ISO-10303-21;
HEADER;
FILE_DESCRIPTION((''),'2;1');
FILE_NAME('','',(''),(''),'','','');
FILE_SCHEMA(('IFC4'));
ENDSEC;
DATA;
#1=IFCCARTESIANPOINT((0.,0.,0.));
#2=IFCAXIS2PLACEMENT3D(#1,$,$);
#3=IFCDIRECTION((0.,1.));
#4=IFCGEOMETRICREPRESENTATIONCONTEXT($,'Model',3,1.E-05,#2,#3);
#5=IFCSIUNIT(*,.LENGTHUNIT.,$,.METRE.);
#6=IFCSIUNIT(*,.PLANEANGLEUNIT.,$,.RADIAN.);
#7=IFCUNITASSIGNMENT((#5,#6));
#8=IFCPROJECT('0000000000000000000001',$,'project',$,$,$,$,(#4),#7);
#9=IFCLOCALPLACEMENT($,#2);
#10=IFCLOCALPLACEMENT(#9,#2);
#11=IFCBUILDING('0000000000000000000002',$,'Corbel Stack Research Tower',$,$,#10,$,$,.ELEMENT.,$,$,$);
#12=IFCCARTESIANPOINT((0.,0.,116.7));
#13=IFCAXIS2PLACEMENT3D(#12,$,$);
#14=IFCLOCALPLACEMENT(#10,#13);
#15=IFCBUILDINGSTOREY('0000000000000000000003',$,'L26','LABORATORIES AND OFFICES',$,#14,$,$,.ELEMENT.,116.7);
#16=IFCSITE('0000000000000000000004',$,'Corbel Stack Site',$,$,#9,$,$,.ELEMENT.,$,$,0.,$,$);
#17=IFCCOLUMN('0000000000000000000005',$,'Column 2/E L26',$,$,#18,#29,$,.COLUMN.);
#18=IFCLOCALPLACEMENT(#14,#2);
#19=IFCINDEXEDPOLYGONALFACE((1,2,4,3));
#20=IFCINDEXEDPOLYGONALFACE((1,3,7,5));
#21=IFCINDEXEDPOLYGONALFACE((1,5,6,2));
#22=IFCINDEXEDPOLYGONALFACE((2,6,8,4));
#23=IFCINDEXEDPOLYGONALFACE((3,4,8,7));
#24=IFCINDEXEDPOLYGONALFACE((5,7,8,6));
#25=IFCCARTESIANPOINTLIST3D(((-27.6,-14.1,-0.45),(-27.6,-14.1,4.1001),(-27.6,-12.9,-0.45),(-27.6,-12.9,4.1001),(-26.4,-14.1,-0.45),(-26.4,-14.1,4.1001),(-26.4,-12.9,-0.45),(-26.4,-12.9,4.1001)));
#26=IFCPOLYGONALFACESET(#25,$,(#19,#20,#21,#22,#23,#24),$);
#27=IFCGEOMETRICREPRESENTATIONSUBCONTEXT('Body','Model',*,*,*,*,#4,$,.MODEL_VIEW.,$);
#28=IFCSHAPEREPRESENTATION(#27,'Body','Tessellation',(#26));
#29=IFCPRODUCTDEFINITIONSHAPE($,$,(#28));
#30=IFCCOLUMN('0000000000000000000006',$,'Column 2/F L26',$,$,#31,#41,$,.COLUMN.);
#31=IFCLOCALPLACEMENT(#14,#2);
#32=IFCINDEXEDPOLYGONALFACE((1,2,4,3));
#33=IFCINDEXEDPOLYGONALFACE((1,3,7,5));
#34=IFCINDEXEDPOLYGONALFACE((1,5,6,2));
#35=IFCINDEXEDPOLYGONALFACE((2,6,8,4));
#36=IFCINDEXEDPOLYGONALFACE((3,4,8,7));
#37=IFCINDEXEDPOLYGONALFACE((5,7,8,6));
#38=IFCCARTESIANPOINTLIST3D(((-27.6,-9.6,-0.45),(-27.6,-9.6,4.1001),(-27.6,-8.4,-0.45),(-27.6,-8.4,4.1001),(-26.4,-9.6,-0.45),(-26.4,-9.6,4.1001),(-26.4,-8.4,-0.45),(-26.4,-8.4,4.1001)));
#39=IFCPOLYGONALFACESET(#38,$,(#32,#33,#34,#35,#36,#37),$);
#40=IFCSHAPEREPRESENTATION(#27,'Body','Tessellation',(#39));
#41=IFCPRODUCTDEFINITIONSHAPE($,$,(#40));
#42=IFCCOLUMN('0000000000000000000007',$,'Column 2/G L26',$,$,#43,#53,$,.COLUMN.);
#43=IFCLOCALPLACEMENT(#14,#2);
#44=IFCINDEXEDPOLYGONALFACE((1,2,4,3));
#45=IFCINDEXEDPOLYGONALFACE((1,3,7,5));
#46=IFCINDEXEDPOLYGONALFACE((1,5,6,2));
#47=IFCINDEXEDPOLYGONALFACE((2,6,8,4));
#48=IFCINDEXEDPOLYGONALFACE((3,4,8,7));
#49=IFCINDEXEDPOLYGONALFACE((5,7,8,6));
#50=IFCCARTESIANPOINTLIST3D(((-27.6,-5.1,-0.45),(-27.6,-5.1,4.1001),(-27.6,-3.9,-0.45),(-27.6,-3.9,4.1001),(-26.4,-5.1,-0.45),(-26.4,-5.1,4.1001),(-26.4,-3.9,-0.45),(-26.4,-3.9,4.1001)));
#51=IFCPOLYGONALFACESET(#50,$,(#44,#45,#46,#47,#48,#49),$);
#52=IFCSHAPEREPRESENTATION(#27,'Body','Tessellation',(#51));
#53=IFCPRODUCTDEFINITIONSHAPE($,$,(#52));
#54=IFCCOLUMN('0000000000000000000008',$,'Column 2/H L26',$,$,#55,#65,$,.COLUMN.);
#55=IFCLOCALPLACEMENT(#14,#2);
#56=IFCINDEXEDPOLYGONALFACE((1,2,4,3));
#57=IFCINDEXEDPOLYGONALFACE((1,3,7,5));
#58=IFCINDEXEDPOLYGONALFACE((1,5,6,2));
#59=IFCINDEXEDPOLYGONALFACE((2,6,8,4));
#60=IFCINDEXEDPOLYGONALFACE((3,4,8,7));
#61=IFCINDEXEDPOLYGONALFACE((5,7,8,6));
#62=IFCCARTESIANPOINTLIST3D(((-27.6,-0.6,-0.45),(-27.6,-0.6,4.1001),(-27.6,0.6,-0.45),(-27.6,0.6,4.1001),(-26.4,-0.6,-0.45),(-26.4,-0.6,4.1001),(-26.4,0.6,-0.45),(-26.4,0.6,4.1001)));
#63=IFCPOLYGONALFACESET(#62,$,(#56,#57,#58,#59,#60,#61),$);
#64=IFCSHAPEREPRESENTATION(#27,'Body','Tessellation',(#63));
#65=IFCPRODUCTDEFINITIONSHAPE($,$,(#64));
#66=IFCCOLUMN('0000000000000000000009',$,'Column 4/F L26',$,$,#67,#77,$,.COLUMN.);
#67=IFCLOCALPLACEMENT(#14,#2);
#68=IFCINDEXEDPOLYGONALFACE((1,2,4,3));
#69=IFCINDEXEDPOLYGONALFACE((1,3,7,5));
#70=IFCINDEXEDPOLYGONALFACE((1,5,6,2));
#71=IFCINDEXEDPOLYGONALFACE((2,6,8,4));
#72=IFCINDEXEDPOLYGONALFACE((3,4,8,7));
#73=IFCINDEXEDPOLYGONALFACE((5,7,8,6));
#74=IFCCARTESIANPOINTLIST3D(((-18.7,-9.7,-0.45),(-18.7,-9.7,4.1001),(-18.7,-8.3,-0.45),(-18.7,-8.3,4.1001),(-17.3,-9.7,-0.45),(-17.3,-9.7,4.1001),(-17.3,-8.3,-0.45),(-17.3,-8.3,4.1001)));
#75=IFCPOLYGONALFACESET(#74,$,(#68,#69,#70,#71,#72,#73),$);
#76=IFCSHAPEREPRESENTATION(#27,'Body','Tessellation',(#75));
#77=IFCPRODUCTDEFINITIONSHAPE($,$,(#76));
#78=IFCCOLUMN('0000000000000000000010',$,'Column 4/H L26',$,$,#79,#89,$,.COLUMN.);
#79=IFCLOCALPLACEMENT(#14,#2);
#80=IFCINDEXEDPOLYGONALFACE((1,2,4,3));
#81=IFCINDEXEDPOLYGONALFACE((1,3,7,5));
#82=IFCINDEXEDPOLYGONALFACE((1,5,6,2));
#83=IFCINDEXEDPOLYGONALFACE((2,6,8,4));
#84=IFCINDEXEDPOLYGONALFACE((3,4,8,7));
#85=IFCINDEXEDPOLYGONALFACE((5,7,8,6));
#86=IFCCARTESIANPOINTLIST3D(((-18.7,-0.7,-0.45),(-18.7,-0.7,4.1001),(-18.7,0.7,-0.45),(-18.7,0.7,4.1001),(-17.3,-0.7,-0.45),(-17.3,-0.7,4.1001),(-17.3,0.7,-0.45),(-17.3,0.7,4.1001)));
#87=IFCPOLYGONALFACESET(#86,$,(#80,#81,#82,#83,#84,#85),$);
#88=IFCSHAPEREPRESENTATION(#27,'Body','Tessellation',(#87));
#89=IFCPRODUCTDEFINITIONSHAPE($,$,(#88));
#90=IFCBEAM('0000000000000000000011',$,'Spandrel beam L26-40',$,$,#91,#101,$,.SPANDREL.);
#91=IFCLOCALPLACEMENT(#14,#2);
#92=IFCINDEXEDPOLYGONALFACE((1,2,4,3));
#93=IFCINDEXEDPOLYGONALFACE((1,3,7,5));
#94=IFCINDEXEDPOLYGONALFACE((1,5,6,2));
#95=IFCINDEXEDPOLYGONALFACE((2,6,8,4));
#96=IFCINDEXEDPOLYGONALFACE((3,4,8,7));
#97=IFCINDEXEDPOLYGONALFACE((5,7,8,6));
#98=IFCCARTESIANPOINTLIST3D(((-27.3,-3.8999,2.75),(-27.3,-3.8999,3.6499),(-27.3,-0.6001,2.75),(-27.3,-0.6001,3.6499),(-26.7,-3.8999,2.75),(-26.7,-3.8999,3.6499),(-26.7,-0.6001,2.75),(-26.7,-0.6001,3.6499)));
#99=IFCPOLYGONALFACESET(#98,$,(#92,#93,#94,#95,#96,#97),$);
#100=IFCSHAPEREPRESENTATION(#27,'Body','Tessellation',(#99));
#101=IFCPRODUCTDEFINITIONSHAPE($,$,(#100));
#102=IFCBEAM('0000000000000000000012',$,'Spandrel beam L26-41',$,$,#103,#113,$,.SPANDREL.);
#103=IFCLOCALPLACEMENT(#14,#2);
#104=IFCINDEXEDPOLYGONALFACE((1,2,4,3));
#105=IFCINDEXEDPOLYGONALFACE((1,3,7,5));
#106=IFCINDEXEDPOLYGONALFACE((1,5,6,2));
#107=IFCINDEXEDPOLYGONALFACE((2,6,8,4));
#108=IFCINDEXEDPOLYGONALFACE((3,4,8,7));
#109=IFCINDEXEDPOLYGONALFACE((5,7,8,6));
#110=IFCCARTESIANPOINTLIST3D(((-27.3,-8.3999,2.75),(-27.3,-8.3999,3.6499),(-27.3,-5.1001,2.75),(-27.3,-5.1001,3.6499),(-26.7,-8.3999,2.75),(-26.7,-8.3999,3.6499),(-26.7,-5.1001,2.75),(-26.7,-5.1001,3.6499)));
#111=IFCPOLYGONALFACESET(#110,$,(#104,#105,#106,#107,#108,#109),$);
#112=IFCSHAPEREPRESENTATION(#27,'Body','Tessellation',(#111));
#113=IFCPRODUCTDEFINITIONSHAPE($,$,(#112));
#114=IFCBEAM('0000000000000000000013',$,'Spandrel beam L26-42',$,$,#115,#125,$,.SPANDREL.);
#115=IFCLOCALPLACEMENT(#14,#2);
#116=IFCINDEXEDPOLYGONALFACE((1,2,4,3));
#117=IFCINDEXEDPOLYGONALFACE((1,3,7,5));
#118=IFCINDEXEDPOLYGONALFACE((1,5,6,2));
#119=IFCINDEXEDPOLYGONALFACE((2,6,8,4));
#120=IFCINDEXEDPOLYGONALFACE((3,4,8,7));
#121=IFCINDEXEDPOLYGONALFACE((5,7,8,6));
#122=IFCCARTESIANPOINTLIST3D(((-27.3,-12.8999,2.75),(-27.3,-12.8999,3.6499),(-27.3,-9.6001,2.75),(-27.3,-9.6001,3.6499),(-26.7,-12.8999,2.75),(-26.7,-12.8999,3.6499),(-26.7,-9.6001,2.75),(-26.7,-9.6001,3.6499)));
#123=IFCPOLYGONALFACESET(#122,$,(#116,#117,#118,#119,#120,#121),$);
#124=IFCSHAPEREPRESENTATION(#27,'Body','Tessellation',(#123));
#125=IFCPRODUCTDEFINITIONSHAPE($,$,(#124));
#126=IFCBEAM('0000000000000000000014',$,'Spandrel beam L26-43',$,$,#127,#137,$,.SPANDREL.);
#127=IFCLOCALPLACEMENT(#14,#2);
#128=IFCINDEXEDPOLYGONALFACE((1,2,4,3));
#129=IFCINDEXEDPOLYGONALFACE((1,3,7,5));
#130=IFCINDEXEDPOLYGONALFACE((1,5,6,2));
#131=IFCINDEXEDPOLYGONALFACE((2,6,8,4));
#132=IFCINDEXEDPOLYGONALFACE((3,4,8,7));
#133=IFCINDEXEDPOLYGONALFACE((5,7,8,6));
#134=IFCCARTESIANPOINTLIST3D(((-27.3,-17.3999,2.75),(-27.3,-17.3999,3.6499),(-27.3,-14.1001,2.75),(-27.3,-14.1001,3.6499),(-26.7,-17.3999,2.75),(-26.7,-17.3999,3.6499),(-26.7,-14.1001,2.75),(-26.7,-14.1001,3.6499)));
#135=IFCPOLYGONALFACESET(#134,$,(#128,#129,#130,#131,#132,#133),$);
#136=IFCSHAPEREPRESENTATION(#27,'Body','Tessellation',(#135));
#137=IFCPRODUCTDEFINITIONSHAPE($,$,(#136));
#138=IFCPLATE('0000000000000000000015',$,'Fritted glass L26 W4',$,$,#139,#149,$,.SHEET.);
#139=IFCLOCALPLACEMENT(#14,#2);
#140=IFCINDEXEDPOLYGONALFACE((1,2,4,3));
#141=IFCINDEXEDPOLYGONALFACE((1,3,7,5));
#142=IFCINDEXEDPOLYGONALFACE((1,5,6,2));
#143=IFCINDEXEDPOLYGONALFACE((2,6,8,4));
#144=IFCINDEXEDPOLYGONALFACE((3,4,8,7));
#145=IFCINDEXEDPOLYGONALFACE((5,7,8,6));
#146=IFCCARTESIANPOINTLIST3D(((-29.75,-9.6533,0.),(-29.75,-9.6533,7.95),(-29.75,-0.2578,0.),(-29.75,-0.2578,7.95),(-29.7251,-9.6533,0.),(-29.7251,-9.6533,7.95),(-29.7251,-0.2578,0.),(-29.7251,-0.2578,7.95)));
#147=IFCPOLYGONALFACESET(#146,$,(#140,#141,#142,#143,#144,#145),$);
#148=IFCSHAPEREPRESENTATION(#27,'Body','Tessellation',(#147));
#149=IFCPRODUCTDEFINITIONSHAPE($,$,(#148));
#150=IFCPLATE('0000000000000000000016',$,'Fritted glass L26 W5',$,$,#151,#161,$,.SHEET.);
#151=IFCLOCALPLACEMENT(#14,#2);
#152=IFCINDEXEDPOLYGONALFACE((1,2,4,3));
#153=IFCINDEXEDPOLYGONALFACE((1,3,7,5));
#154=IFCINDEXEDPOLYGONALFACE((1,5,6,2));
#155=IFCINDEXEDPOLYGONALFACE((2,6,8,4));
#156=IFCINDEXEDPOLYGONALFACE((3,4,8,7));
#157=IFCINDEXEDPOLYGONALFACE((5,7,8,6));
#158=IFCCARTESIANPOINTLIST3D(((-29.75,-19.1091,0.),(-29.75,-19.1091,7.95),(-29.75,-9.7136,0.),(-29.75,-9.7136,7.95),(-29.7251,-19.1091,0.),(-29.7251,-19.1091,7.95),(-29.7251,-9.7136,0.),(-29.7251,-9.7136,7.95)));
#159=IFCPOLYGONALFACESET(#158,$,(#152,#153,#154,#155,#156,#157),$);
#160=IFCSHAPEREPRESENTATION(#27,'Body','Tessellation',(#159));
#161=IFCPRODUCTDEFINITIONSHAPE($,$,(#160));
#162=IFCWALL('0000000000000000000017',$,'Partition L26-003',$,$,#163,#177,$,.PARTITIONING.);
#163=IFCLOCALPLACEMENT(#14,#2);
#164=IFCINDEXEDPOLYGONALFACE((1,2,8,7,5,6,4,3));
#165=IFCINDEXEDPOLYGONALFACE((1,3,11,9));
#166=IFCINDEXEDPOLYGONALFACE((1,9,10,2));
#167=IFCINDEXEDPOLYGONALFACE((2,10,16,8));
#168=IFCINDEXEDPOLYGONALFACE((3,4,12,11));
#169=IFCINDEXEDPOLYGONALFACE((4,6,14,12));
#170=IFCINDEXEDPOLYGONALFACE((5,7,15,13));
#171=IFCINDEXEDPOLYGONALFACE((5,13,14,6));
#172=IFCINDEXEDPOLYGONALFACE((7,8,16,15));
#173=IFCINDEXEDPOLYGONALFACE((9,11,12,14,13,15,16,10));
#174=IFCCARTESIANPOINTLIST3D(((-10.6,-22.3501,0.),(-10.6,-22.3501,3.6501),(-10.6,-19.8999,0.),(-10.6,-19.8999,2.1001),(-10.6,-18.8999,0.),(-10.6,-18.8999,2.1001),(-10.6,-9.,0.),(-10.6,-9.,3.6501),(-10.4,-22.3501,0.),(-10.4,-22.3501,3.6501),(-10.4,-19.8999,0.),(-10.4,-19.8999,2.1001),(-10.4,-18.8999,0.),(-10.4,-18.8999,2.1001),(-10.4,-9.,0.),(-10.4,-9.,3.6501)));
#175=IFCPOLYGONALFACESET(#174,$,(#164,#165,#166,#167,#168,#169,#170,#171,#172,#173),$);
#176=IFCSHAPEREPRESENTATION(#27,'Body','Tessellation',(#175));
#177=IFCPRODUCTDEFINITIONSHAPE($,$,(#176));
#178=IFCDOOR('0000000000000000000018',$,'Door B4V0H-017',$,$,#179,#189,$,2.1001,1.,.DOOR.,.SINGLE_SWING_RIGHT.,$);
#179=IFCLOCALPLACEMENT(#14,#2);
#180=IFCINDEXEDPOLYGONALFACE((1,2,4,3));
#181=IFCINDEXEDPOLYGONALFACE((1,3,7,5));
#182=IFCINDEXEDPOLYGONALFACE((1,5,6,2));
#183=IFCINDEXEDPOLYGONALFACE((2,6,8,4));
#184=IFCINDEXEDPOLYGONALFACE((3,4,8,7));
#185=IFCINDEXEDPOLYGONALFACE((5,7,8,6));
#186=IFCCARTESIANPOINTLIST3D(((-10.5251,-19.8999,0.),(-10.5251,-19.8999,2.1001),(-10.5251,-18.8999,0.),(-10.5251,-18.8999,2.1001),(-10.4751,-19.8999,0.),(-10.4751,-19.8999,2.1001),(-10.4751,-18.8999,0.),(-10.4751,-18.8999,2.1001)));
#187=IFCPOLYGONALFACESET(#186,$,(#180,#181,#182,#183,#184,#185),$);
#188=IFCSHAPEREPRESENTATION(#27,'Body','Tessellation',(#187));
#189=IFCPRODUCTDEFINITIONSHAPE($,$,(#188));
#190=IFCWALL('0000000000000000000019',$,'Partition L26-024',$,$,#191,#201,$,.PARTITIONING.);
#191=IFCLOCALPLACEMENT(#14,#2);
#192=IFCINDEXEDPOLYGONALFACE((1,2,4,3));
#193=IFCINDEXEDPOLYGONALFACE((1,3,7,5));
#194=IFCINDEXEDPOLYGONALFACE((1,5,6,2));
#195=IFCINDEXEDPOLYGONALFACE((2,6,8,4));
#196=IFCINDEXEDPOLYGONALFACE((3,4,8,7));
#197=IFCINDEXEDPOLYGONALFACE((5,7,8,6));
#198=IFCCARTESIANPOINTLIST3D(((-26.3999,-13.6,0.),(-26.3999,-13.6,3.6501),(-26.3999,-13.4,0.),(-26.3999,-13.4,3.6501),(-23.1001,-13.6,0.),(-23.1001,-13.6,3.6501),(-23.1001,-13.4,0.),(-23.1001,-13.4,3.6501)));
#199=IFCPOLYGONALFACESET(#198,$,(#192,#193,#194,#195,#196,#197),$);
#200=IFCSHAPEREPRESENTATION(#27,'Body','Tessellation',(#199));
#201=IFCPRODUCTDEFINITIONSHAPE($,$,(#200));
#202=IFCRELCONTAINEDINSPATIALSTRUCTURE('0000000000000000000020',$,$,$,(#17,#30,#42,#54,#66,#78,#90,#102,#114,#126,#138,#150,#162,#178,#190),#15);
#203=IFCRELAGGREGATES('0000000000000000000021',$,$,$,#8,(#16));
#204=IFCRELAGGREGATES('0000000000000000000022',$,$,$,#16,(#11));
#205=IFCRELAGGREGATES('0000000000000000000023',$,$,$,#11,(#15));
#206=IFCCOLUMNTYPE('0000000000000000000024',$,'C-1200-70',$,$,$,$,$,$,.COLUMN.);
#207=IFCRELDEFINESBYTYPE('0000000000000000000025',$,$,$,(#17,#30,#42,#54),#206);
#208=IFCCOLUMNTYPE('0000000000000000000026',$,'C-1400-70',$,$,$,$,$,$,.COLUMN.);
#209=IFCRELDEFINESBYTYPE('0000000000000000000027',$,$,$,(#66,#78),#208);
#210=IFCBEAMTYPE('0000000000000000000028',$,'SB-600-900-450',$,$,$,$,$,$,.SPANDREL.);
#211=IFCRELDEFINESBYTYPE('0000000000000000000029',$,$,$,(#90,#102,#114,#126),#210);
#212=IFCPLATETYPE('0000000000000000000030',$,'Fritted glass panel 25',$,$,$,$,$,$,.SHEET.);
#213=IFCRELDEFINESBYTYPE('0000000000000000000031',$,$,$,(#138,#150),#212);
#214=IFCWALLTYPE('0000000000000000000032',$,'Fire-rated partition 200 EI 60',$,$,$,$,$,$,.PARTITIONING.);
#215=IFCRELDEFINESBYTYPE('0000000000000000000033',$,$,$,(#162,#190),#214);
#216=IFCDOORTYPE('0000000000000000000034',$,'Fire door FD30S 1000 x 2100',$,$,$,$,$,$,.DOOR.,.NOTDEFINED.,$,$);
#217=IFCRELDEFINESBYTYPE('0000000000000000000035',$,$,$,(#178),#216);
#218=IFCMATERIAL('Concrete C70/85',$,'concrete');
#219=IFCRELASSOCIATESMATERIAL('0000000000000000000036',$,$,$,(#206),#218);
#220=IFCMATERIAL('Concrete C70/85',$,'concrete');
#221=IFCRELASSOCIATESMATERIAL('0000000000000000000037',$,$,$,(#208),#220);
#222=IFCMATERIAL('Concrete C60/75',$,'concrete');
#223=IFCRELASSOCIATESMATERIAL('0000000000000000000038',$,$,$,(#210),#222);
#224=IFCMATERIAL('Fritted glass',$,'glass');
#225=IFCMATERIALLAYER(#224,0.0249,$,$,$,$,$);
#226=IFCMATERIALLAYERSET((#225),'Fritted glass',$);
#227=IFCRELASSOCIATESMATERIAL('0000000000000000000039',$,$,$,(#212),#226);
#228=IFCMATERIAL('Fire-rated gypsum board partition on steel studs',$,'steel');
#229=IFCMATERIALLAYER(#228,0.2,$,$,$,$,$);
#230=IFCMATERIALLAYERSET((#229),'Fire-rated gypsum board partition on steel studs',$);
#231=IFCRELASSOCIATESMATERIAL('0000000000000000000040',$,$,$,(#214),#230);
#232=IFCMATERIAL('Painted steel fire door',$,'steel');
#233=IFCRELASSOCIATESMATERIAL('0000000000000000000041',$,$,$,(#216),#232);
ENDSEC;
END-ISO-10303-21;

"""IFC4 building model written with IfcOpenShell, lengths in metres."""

from ifc_helpers import new_model, si_unit, direction, frame, frame_2d, origin, origin_2d, place, context, subcontext, project, spatial, rectangle, extrude, material, layer, layer_set, material_profile, profile_set, type_object, element, fill, save


model = new_model("IFC4")

# Units and contexts
model_context = context("Model", 3, precision=1e-05, world=origin(), true_north=direction((0.0, 1.0)))
body_context = subcontext(model_context, "Body", "Model", "MODEL_VIEW")
ifc_project = project(units=[si_unit("LENGTHUNIT", "METRE"), si_unit("PLANEANGLEUNIT", "RADIAN")], contexts=[model_context])

# Site, building, storey
site_placement = place(None, origin())
site = spatial("IfcSite", under=ifc_project, at=site_placement, Name="Corbel Stack Site", CompositionType="ELEMENT", RefElevation=0.0)
building_placement = place(site_placement, origin())
building = spatial("IfcBuilding", under=site, at=building_placement, Name="Corbel Stack Research Tower", CompositionType="ELEMENT")
storey_placement = place(building_placement, frame((0.0, 0.0, 116.7)))
storey = spatial("IfcBuildingStorey", under=building, at=storey_placement, Name="L26", Description="LABORATORIES AND OFFICES", CompositionType="ELEMENT", Elevation=116.7)

# Columns
ifc_material_1 = material(Name="Concrete C70/85", Category="concrete")
ifc_material_profile_1 = material_profile(ifc_material_1, rectangle(XDim=1.2, YDim=1.2, at=origin_2d()), Name="RC 1200 x 1200")
ifc_profile_set_1 = profile_set([ifc_material_profile_1], Name="Concrete C70/85")
column_type_1 = type_object("IfcColumnType", Name="C-1200-70", PredefinedType="COLUMN", material=ifc_profile_set_1)
for number, where, z_axis, x_axis, name in (
    (1, (-27.0, -13.5, -0.45), (0.0, 0.0, 1.0), (1.0, 0.0, 0.0), "Column 2/E L26"),
    (2, (-27.0, -9.0, -0.45), (0.0, 0.0, 1.0), (1.0, 0.0, 0.0), "Column 2/F L26"),
    (3, (-27.0, -4.5, -0.45), (0.0, 0.0, 1.0), (1.0, 0.0, 0.0), "Column 2/G L26"),
    (4, (-27.0, 0.0, -0.45), (0.0, 0.0, 1.0), (1.0, 0.0, 0.0), "Column 2/H L26"),
):
    element("IfcColumn", number, at=place(storey_placement, frame(where, z_axis=z_axis, x_axis=x_axis)), inside=storey, type_object=column_type_1, Name=name, PredefinedType="COLUMN", context=body_context, shape_type="SweptSolid", body=[
        extrude(rectangle(XDim=1.2, YDim=1.2, at=origin_2d()), origin(), (0.0, 0.0, 1.0), 4.55),
    ])
ifc_material_2 = material(Name="Concrete C70/85", Category="concrete")
ifc_material_profile_2 = material_profile(ifc_material_2, rectangle(XDim=1.3999, YDim=1.3999, at=origin_2d()), Name="RC 1400 x 1400")
ifc_profile_set_2 = profile_set([ifc_material_profile_2], Name="Concrete C70/85")
column_type_2 = type_object("IfcColumnType", Name="C-1400-70", PredefinedType="COLUMN", material=ifc_profile_set_2)
for number, where, z_axis, x_axis, name in (
    (5, (-18.0, -9.0, -0.45), (0.0, 0.0, 1.0), (1.0, 0.0, 0.0), "Column 4/F L26"),
    (6, (-18.0, 0.0, -0.45), (0.0, 0.0, 1.0), (1.0, 0.0, 0.0), "Column 4/H L26"),
):
    element("IfcColumn", number, at=place(storey_placement, frame(where, z_axis=z_axis, x_axis=x_axis)), inside=storey, type_object=column_type_2, Name=name, PredefinedType="COLUMN", context=body_context, shape_type="SweptSolid", body=[
        extrude(rectangle(XDim=1.3999, YDim=1.3999, at=origin_2d()), origin(), (0.0, 0.0, 1.0), 4.55),
    ])

# Beams
ifc_material_3 = material(Name="Concrete C60/75", Category="concrete")
ifc_material_profile_3 = material_profile(ifc_material_3, rectangle(XDim=0.6001, YDim=0.8999, at=origin_2d()), Name="RC 600 x 900")
ifc_profile_set_3 = profile_set([ifc_material_profile_3], Name="Concrete C60/75")
beam_type = type_object("IfcBeamType", Name="SB-600-900-450", PredefinedType="SPANDREL", material=ifc_profile_set_3)
for number, where, z_axis, x_axis, name in (
    (7, (-27.0, -0.6001, 3.2), (0.0, -1.0, 0.0), (1.0, 0.0, 0.0), "Spandrel beam L26-40"),
    (8, (-27.0, -5.1001, 3.2), (0.0, -1.0, 0.0), (1.0, 0.0, 0.0), "Spandrel beam L26-41"),
    (9, (-27.0, -9.6001, 3.2), (0.0, -1.0, 0.0), (1.0, 0.0, 0.0), "Spandrel beam L26-42"),
    (10, (-27.0, -14.1001, 3.2), (0.0, -1.0, 0.0), (1.0, 0.0, 0.0), "Spandrel beam L26-43"),
):
    element("IfcBeam", number, at=place(storey_placement, frame(where, z_axis=z_axis, x_axis=x_axis)), inside=storey, type_object=beam_type, Name=name, PredefinedType="SPANDREL", context=body_context, shape_type="SweptSolid", body=[
        extrude(rectangle(XDim=0.6001, YDim=0.8999, at=origin_2d()), origin(), (0.0, 0.0, 1.0), 3.2998),
    ])

# Plates
ifc_material_4 = material(Name="Fritted glass", Category="glass")
ifc_layer_1 = layer(ifc_material_4, 0.0249)
ifc_layer_set_1 = layer_set([ifc_layer_1], Name="Fritted glass")
plate_type = type_object("IfcPlateType", Name="Fritted glass panel 25", PredefinedType="SHEET", material=ifc_layer_set_1)
for number, where, z_axis, x_axis, name in (
    (11, (-29.7375, -4.9556, 0.0), (0.0, 0.0, 1.0), (0.0, -1.0, 0.0), "Fritted glass L26 W4"),
    (12, (-29.7375, -14.4114, 0.0), (0.0, 0.0, 1.0), (0.0, -1.0, 0.0), "Fritted glass L26 W5"),
):
    element("IfcPlate", number, at=place(storey_placement, frame(where, z_axis=z_axis, x_axis=x_axis)), inside=storey, type_object=plate_type, Name=name, PredefinedType="SHEET", context=body_context, shape_type="SweptSolid", body=[
        extrude(rectangle(XDim=9.3955, YDim=0.0249, at=origin_2d()), origin(), (0.0, 0.0, 1.0), 7.95),
    ])

# Wall, opening, door
ifc_material_5 = material(Name="Fire-rated gypsum board partition on steel studs", Category="steel")
ifc_layer_2 = layer(ifc_material_5, 0.2)
ifc_layer_set_2 = layer_set([ifc_layer_2], Name="Fire-rated gypsum board partition on steel studs")
wall_type_1 = type_object("IfcWallType", Name="Fire-rated partition 200 EI 60", PredefinedType="PARTITIONING", material=ifc_layer_set_2)
wall_1_placement = place(storey_placement, frame((-10.5, -9.0, 0.0), z_axis=(0.0, 0.0, 1.0), x_axis=(0.0, -1.0, 0.0)))
wall_1 = element("IfcWall", 13, at=wall_1_placement, inside=storey, type_object=wall_type_1, Name="Partition L26-003", PredefinedType="PARTITIONING", context=body_context, shape_type="SweptSolid", body=[
    extrude(rectangle(XDim=13.3501, YDim=0.2, at=frame_2d((6.675, 0.0))), origin(), (0.0, 0.0, 1.0), 3.6501),
])
opening_1_placement = place(wall_1_placement, frame((9.8999, 0.0, 0.0)))
opening_1 = element("IfcOpeningElement", 14, at=opening_1_placement, cuts=wall_1, PredefinedType="OPENING", context=body_context, shape_type="SweptSolid", body=[
    extrude(rectangle(XDim=1.0, YDim=2.1001, at=frame_2d((0.5, 1.05))), frame((0.0, 0.1099, 0.0), z_axis=(0.0, -1.0, 0.0), x_axis=(1.0, 0.0, 0.0)), (0.0, 0.0, 1.0), 0.22),
])
ifc_material_6 = material(Name="Painted steel fire door", Category="steel")
door_type_1 = type_object("IfcDoorType", Name="Fire door FD30S 1000 x 2100", OperationType="NOTDEFINED", PredefinedType="DOOR", material=ifc_material_6)
door_1_placement = place(opening_1_placement, origin())
door_1 = element("IfcDoor", 15, at=door_1_placement, inside=storey, type_object=door_type_1, Name="Door B4V0H-017", OperationType="SINGLE_SWING_RIGHT", OverallHeight=2.1001, OverallWidth=1.0, PredefinedType="DOOR", context=body_context, shape_type="SweptSolid", body=[
    extrude(rectangle(XDim=1.0, YDim=2.1001, at=frame_2d((0.5, 1.05))), frame((0.0, 0.0249, 0.0), z_axis=(0.0, -1.0, 0.0), x_axis=(1.0, 0.0, 0.0)), (0.0, 0.0, 1.0), 0.05),
])
fill(opening_1, door_1)

# Wall
wall_2_placement = place(storey_placement, frame((-26.3999, -13.5, 0.0), z_axis=(0.0, 0.0, 1.0), x_axis=(1.0, 0.0, 0.0)))
element("IfcWall", 16, at=wall_2_placement, inside=storey, type_object=wall_type_1, Name="Partition L26-024", PredefinedType="PARTITIONING", context=body_context, shape_type="SweptSolid", body=[
    extrude(rectangle(XDim=3.2998, YDim=0.2, at=frame_2d((1.6499, 0.0))), origin(), (0.0, 0.0, 1.0), 3.6501),
])

save(model, "model.ifc")
